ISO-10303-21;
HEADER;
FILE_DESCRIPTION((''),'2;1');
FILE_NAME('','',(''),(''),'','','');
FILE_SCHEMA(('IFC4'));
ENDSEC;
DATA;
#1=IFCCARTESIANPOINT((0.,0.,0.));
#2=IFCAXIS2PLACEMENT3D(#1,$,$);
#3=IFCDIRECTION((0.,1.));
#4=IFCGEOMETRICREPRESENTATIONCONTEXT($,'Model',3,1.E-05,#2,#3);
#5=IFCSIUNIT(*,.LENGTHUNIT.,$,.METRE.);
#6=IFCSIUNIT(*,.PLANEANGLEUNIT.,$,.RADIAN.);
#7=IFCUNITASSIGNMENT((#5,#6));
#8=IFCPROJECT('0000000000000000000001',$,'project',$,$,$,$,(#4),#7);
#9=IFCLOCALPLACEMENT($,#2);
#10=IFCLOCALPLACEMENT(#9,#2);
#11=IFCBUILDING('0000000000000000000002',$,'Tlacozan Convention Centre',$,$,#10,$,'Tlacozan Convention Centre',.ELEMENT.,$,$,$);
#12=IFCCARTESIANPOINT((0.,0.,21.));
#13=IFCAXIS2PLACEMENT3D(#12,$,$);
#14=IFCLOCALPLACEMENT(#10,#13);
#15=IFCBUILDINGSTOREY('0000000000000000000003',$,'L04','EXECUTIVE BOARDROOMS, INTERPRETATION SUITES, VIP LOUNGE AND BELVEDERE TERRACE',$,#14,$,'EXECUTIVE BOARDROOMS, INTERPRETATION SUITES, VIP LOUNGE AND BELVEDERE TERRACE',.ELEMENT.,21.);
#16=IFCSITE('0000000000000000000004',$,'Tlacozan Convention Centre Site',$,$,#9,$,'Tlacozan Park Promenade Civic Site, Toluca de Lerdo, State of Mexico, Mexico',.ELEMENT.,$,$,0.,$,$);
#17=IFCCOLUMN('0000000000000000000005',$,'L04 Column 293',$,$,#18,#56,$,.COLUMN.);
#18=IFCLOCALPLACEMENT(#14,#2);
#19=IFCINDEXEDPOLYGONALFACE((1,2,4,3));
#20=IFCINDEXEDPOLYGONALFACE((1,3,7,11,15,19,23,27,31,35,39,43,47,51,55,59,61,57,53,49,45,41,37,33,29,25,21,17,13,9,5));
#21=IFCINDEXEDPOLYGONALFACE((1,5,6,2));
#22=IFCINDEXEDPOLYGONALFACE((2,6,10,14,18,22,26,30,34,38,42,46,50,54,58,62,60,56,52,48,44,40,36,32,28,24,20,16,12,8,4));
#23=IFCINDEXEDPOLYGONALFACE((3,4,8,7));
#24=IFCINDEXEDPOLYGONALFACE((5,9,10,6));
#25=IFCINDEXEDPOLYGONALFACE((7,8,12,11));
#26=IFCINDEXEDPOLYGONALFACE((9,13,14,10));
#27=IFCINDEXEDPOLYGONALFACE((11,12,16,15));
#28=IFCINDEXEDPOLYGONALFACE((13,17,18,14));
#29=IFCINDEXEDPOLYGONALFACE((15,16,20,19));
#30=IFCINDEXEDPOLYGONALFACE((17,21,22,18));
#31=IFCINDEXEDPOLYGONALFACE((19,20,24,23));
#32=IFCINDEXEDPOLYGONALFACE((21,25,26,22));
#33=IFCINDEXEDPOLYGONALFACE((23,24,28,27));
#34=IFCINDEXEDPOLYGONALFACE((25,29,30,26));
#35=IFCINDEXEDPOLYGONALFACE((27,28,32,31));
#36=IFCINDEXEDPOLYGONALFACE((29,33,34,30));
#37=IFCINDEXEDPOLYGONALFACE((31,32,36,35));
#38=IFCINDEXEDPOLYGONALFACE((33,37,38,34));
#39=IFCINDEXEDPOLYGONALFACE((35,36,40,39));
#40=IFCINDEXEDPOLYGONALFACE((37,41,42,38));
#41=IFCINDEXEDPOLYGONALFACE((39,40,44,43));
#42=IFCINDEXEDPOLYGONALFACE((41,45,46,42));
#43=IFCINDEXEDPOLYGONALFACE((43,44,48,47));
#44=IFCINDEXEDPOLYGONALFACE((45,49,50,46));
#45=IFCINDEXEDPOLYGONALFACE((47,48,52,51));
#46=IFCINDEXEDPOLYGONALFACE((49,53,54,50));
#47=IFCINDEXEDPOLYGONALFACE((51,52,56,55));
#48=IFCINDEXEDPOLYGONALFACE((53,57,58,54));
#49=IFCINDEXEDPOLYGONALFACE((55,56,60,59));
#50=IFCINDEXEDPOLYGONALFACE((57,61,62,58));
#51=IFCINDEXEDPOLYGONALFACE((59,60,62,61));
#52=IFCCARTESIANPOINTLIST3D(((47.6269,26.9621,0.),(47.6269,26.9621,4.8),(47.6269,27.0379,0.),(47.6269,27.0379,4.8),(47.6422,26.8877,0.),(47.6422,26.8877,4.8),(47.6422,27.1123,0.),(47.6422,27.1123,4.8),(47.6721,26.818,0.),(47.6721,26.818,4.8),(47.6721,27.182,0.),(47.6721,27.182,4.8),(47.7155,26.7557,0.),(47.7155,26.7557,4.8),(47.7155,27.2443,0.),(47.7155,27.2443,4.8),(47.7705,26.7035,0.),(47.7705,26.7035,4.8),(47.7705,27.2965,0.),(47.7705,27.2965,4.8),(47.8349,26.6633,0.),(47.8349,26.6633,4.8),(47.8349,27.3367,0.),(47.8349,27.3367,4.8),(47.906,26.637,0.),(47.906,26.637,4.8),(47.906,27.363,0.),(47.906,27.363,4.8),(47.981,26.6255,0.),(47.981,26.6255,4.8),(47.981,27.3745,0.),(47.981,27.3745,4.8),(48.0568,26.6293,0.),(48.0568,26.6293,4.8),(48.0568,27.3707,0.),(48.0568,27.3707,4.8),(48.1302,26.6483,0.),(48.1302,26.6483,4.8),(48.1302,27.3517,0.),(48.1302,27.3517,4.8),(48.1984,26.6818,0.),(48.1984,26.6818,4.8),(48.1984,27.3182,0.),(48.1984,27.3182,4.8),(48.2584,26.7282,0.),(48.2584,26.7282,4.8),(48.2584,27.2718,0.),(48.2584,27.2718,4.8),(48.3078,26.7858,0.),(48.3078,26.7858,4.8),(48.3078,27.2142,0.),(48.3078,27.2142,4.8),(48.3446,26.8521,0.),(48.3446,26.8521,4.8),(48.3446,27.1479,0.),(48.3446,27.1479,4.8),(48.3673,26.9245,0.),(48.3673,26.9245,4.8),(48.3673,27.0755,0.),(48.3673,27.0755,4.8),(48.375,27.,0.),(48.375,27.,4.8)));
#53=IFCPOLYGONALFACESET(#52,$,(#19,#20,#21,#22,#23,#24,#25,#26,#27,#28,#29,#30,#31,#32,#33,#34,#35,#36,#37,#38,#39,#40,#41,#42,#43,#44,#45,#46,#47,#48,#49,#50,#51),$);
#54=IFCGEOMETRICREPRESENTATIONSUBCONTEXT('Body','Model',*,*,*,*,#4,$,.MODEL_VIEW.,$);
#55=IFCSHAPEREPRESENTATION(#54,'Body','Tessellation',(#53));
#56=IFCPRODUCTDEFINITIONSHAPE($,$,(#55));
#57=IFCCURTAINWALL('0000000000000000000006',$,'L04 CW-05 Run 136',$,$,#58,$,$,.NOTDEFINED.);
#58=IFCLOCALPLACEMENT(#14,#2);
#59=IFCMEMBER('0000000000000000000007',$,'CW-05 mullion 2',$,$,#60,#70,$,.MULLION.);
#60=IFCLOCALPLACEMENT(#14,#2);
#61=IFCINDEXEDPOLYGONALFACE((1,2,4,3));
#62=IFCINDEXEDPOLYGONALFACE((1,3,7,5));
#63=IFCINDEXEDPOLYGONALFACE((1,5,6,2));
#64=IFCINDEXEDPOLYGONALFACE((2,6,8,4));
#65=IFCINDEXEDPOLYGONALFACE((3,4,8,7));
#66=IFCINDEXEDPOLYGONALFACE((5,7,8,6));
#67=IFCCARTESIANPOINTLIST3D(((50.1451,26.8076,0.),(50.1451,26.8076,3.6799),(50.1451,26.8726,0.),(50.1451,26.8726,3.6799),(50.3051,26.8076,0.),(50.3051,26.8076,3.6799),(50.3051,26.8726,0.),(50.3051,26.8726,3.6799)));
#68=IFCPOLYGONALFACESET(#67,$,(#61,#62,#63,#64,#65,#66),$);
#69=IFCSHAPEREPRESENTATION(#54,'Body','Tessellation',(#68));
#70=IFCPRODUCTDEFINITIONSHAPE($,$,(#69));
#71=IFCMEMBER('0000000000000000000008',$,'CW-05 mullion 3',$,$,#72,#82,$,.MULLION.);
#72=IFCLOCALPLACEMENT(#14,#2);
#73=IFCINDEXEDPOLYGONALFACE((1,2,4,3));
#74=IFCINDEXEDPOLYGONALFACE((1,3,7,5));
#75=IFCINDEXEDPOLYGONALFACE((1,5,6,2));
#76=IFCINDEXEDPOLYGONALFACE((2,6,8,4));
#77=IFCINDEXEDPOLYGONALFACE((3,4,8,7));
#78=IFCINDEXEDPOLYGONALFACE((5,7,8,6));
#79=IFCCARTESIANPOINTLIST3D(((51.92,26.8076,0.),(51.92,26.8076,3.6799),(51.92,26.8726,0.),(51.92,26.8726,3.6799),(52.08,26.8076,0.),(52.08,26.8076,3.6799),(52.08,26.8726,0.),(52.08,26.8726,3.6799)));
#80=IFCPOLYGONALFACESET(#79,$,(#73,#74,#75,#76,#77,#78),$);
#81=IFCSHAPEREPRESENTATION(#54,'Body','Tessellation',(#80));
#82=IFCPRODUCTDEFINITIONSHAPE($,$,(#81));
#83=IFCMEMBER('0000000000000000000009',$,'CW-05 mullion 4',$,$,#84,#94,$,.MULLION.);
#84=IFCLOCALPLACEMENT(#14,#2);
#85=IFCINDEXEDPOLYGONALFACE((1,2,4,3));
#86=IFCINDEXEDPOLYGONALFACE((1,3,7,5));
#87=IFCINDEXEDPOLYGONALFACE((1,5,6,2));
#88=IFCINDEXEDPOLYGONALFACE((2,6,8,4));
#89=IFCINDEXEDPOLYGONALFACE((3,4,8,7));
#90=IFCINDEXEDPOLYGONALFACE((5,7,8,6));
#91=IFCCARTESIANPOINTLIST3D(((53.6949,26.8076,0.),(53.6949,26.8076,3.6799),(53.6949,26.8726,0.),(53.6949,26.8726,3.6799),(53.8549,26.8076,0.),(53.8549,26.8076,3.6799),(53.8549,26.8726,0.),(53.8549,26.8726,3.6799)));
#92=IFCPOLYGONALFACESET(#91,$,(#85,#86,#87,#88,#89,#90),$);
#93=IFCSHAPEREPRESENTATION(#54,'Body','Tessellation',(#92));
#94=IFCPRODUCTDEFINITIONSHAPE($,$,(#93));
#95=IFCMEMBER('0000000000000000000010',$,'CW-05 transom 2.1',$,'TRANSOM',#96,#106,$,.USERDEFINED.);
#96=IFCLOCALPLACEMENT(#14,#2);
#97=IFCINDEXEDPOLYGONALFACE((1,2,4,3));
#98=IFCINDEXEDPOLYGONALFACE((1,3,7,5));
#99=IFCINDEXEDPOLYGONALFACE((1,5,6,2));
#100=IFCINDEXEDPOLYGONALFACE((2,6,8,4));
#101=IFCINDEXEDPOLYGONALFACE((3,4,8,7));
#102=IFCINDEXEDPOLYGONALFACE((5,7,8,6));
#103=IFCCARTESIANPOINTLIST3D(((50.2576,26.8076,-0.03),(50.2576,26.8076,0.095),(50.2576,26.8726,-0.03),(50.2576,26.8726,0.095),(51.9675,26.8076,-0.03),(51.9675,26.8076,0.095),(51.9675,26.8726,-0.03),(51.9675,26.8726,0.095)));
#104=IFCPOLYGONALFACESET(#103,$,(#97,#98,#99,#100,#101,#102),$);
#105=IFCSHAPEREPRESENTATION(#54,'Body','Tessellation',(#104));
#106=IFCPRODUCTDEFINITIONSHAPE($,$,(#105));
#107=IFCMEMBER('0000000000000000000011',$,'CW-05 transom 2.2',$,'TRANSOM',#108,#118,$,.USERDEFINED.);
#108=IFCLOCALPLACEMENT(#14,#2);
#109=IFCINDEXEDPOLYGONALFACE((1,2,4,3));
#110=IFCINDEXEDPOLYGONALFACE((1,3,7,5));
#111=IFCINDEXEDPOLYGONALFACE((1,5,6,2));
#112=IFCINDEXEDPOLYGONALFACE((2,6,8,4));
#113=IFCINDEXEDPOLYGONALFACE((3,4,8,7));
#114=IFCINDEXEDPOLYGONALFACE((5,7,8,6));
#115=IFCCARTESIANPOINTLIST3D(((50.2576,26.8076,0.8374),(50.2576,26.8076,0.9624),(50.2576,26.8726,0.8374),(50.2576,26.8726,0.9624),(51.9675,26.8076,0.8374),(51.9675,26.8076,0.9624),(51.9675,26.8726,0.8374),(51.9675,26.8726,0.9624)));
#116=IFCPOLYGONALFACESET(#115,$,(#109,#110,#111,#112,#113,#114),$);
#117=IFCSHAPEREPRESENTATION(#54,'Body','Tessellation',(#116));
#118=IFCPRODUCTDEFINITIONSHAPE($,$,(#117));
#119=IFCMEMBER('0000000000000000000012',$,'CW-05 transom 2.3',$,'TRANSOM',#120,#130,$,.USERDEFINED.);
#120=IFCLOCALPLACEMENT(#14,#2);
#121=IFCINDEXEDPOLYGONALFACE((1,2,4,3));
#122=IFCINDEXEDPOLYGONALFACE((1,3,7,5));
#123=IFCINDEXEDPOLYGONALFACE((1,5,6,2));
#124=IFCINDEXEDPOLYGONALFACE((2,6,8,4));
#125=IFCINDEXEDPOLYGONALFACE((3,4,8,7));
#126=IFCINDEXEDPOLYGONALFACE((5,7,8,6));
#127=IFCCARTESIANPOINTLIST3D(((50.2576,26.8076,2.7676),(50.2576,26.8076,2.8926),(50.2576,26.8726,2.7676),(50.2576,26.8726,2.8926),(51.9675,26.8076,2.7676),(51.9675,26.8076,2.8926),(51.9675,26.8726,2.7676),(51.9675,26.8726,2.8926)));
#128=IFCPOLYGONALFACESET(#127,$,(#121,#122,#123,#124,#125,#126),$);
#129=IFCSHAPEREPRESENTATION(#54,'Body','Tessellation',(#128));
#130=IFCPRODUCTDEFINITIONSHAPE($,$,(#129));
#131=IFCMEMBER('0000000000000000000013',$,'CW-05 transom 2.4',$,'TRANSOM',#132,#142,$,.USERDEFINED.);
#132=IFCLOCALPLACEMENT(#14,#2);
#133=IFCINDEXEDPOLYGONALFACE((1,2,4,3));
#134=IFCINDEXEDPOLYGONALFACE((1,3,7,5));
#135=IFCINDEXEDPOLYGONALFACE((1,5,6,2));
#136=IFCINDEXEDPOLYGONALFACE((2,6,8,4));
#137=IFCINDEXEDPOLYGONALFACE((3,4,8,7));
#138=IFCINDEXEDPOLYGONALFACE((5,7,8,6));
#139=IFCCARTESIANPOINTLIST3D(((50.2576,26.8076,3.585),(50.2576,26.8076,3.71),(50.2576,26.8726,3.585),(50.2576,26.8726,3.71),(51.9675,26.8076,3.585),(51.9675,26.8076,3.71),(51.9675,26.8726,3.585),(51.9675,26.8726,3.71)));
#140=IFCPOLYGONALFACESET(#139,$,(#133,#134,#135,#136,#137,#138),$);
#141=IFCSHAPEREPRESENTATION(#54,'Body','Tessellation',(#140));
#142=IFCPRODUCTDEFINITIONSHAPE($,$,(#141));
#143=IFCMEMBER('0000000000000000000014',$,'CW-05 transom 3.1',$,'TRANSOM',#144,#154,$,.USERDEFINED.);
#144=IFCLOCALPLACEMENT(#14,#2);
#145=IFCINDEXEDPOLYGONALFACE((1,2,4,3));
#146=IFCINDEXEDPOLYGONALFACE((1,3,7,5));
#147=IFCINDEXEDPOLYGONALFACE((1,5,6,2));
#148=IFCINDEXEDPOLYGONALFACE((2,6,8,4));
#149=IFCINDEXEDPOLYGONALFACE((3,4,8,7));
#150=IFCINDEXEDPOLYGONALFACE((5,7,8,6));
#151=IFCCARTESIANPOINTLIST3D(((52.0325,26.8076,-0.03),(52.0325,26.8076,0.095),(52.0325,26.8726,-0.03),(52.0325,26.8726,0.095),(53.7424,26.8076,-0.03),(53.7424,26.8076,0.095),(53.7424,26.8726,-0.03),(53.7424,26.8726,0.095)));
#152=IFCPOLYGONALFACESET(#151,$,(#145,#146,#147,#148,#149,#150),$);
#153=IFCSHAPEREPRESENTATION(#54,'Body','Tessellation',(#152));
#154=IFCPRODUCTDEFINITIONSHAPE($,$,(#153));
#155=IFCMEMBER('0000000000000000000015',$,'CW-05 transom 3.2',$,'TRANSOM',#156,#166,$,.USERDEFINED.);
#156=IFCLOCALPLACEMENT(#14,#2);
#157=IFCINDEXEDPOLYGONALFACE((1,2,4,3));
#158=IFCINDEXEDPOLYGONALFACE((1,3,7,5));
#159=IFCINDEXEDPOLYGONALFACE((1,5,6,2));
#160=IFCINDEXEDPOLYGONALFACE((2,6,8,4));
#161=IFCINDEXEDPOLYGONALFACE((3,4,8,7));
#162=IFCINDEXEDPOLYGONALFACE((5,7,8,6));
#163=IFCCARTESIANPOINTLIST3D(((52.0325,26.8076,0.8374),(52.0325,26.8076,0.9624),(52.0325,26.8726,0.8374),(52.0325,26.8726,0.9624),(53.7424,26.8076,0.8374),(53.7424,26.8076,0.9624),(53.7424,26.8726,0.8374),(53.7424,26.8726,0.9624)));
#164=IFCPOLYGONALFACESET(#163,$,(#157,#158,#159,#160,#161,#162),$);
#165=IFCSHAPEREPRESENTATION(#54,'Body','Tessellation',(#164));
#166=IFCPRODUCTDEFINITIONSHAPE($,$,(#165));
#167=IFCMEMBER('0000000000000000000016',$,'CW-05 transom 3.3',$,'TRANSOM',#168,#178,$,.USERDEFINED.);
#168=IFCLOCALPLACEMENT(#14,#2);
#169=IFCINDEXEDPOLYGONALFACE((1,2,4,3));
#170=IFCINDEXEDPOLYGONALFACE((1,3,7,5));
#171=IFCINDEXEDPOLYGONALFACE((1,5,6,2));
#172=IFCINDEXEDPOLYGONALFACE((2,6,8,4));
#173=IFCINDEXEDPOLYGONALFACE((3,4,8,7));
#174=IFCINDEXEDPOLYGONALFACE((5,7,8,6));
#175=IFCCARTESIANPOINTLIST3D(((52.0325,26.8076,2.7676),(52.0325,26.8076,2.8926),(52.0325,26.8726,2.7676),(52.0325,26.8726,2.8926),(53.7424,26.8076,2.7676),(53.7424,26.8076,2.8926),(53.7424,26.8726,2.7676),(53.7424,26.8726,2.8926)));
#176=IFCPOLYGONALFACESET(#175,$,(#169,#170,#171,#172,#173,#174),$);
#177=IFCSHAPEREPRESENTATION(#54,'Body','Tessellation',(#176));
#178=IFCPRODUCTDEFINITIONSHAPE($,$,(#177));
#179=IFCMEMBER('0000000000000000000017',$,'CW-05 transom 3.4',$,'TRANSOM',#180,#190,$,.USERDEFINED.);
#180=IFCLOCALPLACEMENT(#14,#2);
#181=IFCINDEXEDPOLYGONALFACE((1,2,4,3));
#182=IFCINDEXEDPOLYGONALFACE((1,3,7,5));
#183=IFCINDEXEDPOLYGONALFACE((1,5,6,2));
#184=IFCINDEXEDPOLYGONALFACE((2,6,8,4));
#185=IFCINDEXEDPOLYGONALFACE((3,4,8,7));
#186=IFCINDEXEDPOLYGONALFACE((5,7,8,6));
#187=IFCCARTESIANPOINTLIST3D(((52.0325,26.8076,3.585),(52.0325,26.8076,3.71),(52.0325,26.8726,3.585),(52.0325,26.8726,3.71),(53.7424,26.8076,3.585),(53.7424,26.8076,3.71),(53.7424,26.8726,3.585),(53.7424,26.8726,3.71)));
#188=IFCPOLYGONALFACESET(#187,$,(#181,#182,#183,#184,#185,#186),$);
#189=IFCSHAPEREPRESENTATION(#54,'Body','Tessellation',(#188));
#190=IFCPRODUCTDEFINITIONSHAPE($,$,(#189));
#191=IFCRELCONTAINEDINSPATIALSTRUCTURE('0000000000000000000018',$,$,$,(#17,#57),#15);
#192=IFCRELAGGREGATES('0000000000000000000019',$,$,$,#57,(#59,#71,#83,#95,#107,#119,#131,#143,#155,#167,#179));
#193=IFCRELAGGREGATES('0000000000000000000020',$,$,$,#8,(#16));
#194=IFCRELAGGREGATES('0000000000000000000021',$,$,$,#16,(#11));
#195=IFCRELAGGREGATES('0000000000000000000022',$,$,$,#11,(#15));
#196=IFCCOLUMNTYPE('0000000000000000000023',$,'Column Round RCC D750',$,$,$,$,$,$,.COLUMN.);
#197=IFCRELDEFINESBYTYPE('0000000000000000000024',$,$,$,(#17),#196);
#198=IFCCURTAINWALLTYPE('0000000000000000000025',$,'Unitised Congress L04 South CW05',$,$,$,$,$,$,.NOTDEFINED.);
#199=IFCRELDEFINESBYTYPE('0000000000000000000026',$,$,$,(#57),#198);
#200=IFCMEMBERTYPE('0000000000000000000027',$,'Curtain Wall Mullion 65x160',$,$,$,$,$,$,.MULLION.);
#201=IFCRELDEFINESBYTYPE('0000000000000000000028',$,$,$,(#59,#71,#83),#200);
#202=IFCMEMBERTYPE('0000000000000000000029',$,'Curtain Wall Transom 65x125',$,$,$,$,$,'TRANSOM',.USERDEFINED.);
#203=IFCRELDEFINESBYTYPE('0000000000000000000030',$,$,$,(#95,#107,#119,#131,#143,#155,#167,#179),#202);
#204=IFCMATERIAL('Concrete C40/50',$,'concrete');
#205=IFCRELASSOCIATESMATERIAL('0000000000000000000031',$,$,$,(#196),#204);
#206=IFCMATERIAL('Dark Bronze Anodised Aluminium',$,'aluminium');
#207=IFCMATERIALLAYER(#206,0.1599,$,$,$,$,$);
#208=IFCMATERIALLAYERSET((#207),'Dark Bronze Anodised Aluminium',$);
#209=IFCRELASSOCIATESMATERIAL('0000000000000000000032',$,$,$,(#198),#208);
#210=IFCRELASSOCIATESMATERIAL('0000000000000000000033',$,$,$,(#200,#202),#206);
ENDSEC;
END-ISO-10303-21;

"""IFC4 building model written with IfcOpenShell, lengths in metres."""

from ifc_helpers import new_model, si_unit, direction, frame, origin, origin_2d, place, context, subcontext, project, spatial, rectangle, circle, extrude, material, layer, layer_set, material_profile, profile_set, type_object, element, aggregate, save


model = new_model("IFC4")

# Units and contexts
model_context = context("Model", 3, precision=1e-05, world=origin(), true_north=direction((0.0, 1.0)))
body_context = subcontext(model_context, "Body", "Model", "MODEL_VIEW")
ifc_project = project(units=[si_unit("LENGTHUNIT", "METRE"), si_unit("PLANEANGLEUNIT", "RADIAN")], contexts=[model_context])

# Site, building, storey
site_placement = place(None, origin())
site = spatial("IfcSite", under=ifc_project, at=site_placement, Name="Tlacozan Convention Centre Site", LongName="Tlacozan Park Promenade Civic Site, Toluca de Lerdo, State of Mexico, Mexico", CompositionType="ELEMENT", RefElevation=0.0)
building_placement = place(site_placement, origin())
building = spatial("IfcBuilding", under=site, at=building_placement, Name="Tlacozan Convention Centre", LongName="Tlacozan Convention Centre", CompositionType="ELEMENT")
storey_placement = place(building_placement, frame((0.0, 0.0, 21.0)))
storey = spatial("IfcBuildingStorey", under=building, at=storey_placement, Name="L04", Description="EXECUTIVE BOARDROOMS, INTERPRETATION SUITES, VIP LOUNGE AND BELVEDERE TERRACE", LongName="EXECUTIVE BOARDROOMS, INTERPRETATION SUITES, VIP LOUNGE AND BELVEDERE TERRACE", CompositionType="ELEMENT", Elevation=21.0)

# Column
ifc_material_1 = material(Name="Concrete C40/50", Category="concrete")
ifc_material_profile_1 = material_profile(ifc_material_1, circle(Radius=0.375, at=origin_2d()), Name="RCC D750")
ifc_profile_set_1 = profile_set([ifc_material_profile_1], Name="Concrete C40/50")
column_type = type_object("IfcColumnType", Name="Column Round RCC D750", PredefinedType="COLUMN", material=ifc_profile_set_1)
column_placement = place(storey_placement, frame((48.0, 27.0, 0.0), z_axis=(0.0, 0.0, 1.0), x_axis=(1.0, 0.0, 0.0)))
element("IfcColumn", 1, at=column_placement, inside=storey, type_object=column_type, Name="L04 Column 293", PredefinedType="COLUMN", context=body_context, shape_type="SweptSolid", body=[
    extrude(circle(Radius=0.375, at=origin_2d()), origin(), (0.0, 0.0, 1.0), 4.8),
])

# Curtain wall, members
ifc_material_2 = material(Name="Dark Bronze Anodised Aluminium", Category="aluminium")
ifc_layer_1 = layer(ifc_material_2, 0.1599)
ifc_layer_set_1 = layer_set([ifc_layer_1], Name="Dark Bronze Anodised Aluminium")
curtain_wall_type = type_object("IfcCurtainWallType", Name="Unitised Congress L04 South CW05", PredefinedType="NOTDEFINED", material=ifc_layer_set_1)
curtain_wall_placement = place(storey_placement, origin())
curtain_wall = element("IfcCurtainWall", 2, at=curtain_wall_placement, inside=storey, type_object=curtain_wall_type, Name="L04 CW-05 Run 136", PredefinedType="NOTDEFINED")
ifc_material_profile_2 = material_profile(ifc_material_2, rectangle(XDim=0.0649, YDim=0.1599, at=origin_2d()), Name="ALU 65x160")
ifc_profile_set_2 = profile_set([ifc_material_profile_2], Name="Dark Bronze Anodised Aluminium")
member_type_1 = type_object("IfcMemberType", Name="Curtain Wall Mullion 65x160", PredefinedType="MULLION", material=ifc_profile_set_2)
member_1_placement = place(storey_placement, frame((50.2251, 26.8401, 0.0), z_axis=(0.0, 0.0, 1.0), x_axis=(0.0, 1.0, 0.0)))
member_1 = element("IfcMember", 3, at=member_1_placement, type_object=member_type_1, Name="CW-05 mullion 2", PredefinedType="MULLION", context=body_context, shape_type="SweptSolid", body=[
    extrude(rectangle(XDim=0.0649, YDim=0.1599, at=origin_2d()), origin(), (0.0, 0.0, 1.0), 3.6799),
])
member_2_placement = place(storey_placement, frame((52.0, 26.8401, 0.0), z_axis=(0.0, 0.0, 1.0), x_axis=(0.0, 1.0, 0.0)))
member_2 = element("IfcMember", 4, at=member_2_placement, type_object=member_type_1, Name="CW-05 mullion 3", PredefinedType="MULLION", context=body_context, shape_type="SweptSolid", body=[
    extrude(rectangle(XDim=0.0649, YDim=0.1599, at=origin_2d()), origin(), (0.0, 0.0, 1.0), 3.6799),
])
member_3_placement = place(storey_placement, frame((53.7749, 26.8401, 0.0), z_axis=(0.0, 0.0, 1.0), x_axis=(0.0, 1.0, 0.0)))
member_3 = element("IfcMember", 5, at=member_3_placement, type_object=member_type_1, Name="CW-05 mullion 4", PredefinedType="MULLION", context=body_context, shape_type="SweptSolid", body=[
    extrude(rectangle(XDim=0.0649, YDim=0.1599, at=origin_2d()), origin(), (0.0, 0.0, 1.0), 3.6799),
])
ifc_material_profile_3 = material_profile(ifc_material_2, rectangle(XDim=0.0649, YDim=0.125, at=origin_2d()), Name="ALU 65x125")
ifc_profile_set_3 = profile_set([ifc_material_profile_3], Name="Dark Bronze Anodised Aluminium")
member_type_2 = type_object("IfcMemberType", Name="Curtain Wall Transom 65x125", ElementType="TRANSOM", PredefinedType="USERDEFINED", material=ifc_profile_set_3)
member_4_placement = place(storey_placement, frame((50.2576, 26.8401, 0.0325), z_axis=(1.0, 0.0, 0.0), x_axis=(0.0, 1.0, 0.0)))
member_4 = element("IfcMember", 6, at=member_4_placement, type_object=member_type_2, Name="CW-05 transom 2.1", ObjectType="TRANSOM", PredefinedType="USERDEFINED", context=body_context, shape_type="SweptSolid", body=[
    extrude(rectangle(XDim=0.0649, YDim=0.125, at=origin_2d()), origin(), (0.0, 0.0, 1.0), 1.71),
])
member_5_placement = place(storey_placement, frame((50.2576, 26.8401, 0.8999), z_axis=(1.0, 0.0, 0.0), x_axis=(0.0, 1.0, 0.0)))
member_5 = element("IfcMember", 7, at=member_5_placement, type_object=member_type_2, Name="CW-05 transom 2.2", ObjectType="TRANSOM", PredefinedType="USERDEFINED", context=body_context, shape_type="SweptSolid", body=[
    extrude(rectangle(XDim=0.0649, YDim=0.125, at=origin_2d()), origin(), (0.0, 0.0, 1.0), 1.71),
])
member_6_placement = place(storey_placement, frame((50.2576, 26.8401, 2.8301), z_axis=(1.0, 0.0, 0.0), x_axis=(0.0, 1.0, 0.0)))
member_6 = element("IfcMember", 8, at=member_6_placement, type_object=member_type_2, Name="CW-05 transom 2.3", ObjectType="TRANSOM", PredefinedType="USERDEFINED", context=body_context, shape_type="SweptSolid", body=[
    extrude(rectangle(XDim=0.0649, YDim=0.125, at=origin_2d()), origin(), (0.0, 0.0, 1.0), 1.71),
])
member_7_placement = place(storey_placement, frame((50.2576, 26.8401, 3.6475), z_axis=(1.0, 0.0, 0.0), x_axis=(0.0, 1.0, 0.0)))
member_7 = element("IfcMember", 9, at=member_7_placement, type_object=member_type_2, Name="CW-05 transom 2.4", ObjectType="TRANSOM", PredefinedType="USERDEFINED", context=body_context, shape_type="SweptSolid", body=[
    extrude(rectangle(XDim=0.0649, YDim=0.125, at=origin_2d()), origin(), (0.0, 0.0, 1.0), 1.71),
])
member_8_placement = place(storey_placement, frame((52.0325, 26.8401, 0.0325), z_axis=(1.0, 0.0, 0.0), x_axis=(0.0, 1.0, 0.0)))
member_8 = element("IfcMember", 10, at=member_8_placement, type_object=member_type_2, Name="CW-05 transom 3.1", ObjectType="TRANSOM", PredefinedType="USERDEFINED", context=body_context, shape_type="SweptSolid", body=[
    extrude(rectangle(XDim=0.0649, YDim=0.125, at=origin_2d()), origin(), (0.0, 0.0, 1.0), 1.71),
])
member_9_placement = place(storey_placement, frame((52.0325, 26.8401, 0.8999), z_axis=(1.0, 0.0, 0.0), x_axis=(0.0, 1.0, 0.0)))
member_9 = element("IfcMember", 11, at=member_9_placement, type_object=member_type_2, Name="CW-05 transom 3.2", ObjectType="TRANSOM", PredefinedType="USERDEFINED", context=body_context, shape_type="SweptSolid", body=[
    extrude(rectangle(XDim=0.0649, YDim=0.125, at=origin_2d()), origin(), (0.0, 0.0, 1.0), 1.71),
])
member_10_placement = place(storey_placement, frame((52.0325, 26.8401, 2.8301), z_axis=(1.0, 0.0, 0.0), x_axis=(0.0, 1.0, 0.0)))
member_10 = element("IfcMember", 12, at=member_10_placement, type_object=member_type_2, Name="CW-05 transom 3.3", ObjectType="TRANSOM", PredefinedType="USERDEFINED", context=body_context, shape_type="SweptSolid", body=[
    extrude(rectangle(XDim=0.0649, YDim=0.125, at=origin_2d()), origin(), (0.0, 0.0, 1.0), 1.71),
])
member_11_placement = place(storey_placement, frame((52.0325, 26.8401, 3.6475), z_axis=(1.0, 0.0, 0.0), x_axis=(0.0, 1.0, 0.0)))
member_11 = element("IfcMember", 13, at=member_11_placement, type_object=member_type_2, Name="CW-05 transom 3.4", ObjectType="TRANSOM", PredefinedType="USERDEFINED", context=body_context, shape_type="SweptSolid", body=[
    extrude(rectangle(XDim=0.0649, YDim=0.125, at=origin_2d()), origin(), (0.0, 0.0, 1.0), 1.71),
])

aggregate(curtain_wall, [member_1, member_2, member_3, member_4, member_5, member_6, member_7, member_8, member_9, member_10, member_11])

save(model, "model.ifc")
